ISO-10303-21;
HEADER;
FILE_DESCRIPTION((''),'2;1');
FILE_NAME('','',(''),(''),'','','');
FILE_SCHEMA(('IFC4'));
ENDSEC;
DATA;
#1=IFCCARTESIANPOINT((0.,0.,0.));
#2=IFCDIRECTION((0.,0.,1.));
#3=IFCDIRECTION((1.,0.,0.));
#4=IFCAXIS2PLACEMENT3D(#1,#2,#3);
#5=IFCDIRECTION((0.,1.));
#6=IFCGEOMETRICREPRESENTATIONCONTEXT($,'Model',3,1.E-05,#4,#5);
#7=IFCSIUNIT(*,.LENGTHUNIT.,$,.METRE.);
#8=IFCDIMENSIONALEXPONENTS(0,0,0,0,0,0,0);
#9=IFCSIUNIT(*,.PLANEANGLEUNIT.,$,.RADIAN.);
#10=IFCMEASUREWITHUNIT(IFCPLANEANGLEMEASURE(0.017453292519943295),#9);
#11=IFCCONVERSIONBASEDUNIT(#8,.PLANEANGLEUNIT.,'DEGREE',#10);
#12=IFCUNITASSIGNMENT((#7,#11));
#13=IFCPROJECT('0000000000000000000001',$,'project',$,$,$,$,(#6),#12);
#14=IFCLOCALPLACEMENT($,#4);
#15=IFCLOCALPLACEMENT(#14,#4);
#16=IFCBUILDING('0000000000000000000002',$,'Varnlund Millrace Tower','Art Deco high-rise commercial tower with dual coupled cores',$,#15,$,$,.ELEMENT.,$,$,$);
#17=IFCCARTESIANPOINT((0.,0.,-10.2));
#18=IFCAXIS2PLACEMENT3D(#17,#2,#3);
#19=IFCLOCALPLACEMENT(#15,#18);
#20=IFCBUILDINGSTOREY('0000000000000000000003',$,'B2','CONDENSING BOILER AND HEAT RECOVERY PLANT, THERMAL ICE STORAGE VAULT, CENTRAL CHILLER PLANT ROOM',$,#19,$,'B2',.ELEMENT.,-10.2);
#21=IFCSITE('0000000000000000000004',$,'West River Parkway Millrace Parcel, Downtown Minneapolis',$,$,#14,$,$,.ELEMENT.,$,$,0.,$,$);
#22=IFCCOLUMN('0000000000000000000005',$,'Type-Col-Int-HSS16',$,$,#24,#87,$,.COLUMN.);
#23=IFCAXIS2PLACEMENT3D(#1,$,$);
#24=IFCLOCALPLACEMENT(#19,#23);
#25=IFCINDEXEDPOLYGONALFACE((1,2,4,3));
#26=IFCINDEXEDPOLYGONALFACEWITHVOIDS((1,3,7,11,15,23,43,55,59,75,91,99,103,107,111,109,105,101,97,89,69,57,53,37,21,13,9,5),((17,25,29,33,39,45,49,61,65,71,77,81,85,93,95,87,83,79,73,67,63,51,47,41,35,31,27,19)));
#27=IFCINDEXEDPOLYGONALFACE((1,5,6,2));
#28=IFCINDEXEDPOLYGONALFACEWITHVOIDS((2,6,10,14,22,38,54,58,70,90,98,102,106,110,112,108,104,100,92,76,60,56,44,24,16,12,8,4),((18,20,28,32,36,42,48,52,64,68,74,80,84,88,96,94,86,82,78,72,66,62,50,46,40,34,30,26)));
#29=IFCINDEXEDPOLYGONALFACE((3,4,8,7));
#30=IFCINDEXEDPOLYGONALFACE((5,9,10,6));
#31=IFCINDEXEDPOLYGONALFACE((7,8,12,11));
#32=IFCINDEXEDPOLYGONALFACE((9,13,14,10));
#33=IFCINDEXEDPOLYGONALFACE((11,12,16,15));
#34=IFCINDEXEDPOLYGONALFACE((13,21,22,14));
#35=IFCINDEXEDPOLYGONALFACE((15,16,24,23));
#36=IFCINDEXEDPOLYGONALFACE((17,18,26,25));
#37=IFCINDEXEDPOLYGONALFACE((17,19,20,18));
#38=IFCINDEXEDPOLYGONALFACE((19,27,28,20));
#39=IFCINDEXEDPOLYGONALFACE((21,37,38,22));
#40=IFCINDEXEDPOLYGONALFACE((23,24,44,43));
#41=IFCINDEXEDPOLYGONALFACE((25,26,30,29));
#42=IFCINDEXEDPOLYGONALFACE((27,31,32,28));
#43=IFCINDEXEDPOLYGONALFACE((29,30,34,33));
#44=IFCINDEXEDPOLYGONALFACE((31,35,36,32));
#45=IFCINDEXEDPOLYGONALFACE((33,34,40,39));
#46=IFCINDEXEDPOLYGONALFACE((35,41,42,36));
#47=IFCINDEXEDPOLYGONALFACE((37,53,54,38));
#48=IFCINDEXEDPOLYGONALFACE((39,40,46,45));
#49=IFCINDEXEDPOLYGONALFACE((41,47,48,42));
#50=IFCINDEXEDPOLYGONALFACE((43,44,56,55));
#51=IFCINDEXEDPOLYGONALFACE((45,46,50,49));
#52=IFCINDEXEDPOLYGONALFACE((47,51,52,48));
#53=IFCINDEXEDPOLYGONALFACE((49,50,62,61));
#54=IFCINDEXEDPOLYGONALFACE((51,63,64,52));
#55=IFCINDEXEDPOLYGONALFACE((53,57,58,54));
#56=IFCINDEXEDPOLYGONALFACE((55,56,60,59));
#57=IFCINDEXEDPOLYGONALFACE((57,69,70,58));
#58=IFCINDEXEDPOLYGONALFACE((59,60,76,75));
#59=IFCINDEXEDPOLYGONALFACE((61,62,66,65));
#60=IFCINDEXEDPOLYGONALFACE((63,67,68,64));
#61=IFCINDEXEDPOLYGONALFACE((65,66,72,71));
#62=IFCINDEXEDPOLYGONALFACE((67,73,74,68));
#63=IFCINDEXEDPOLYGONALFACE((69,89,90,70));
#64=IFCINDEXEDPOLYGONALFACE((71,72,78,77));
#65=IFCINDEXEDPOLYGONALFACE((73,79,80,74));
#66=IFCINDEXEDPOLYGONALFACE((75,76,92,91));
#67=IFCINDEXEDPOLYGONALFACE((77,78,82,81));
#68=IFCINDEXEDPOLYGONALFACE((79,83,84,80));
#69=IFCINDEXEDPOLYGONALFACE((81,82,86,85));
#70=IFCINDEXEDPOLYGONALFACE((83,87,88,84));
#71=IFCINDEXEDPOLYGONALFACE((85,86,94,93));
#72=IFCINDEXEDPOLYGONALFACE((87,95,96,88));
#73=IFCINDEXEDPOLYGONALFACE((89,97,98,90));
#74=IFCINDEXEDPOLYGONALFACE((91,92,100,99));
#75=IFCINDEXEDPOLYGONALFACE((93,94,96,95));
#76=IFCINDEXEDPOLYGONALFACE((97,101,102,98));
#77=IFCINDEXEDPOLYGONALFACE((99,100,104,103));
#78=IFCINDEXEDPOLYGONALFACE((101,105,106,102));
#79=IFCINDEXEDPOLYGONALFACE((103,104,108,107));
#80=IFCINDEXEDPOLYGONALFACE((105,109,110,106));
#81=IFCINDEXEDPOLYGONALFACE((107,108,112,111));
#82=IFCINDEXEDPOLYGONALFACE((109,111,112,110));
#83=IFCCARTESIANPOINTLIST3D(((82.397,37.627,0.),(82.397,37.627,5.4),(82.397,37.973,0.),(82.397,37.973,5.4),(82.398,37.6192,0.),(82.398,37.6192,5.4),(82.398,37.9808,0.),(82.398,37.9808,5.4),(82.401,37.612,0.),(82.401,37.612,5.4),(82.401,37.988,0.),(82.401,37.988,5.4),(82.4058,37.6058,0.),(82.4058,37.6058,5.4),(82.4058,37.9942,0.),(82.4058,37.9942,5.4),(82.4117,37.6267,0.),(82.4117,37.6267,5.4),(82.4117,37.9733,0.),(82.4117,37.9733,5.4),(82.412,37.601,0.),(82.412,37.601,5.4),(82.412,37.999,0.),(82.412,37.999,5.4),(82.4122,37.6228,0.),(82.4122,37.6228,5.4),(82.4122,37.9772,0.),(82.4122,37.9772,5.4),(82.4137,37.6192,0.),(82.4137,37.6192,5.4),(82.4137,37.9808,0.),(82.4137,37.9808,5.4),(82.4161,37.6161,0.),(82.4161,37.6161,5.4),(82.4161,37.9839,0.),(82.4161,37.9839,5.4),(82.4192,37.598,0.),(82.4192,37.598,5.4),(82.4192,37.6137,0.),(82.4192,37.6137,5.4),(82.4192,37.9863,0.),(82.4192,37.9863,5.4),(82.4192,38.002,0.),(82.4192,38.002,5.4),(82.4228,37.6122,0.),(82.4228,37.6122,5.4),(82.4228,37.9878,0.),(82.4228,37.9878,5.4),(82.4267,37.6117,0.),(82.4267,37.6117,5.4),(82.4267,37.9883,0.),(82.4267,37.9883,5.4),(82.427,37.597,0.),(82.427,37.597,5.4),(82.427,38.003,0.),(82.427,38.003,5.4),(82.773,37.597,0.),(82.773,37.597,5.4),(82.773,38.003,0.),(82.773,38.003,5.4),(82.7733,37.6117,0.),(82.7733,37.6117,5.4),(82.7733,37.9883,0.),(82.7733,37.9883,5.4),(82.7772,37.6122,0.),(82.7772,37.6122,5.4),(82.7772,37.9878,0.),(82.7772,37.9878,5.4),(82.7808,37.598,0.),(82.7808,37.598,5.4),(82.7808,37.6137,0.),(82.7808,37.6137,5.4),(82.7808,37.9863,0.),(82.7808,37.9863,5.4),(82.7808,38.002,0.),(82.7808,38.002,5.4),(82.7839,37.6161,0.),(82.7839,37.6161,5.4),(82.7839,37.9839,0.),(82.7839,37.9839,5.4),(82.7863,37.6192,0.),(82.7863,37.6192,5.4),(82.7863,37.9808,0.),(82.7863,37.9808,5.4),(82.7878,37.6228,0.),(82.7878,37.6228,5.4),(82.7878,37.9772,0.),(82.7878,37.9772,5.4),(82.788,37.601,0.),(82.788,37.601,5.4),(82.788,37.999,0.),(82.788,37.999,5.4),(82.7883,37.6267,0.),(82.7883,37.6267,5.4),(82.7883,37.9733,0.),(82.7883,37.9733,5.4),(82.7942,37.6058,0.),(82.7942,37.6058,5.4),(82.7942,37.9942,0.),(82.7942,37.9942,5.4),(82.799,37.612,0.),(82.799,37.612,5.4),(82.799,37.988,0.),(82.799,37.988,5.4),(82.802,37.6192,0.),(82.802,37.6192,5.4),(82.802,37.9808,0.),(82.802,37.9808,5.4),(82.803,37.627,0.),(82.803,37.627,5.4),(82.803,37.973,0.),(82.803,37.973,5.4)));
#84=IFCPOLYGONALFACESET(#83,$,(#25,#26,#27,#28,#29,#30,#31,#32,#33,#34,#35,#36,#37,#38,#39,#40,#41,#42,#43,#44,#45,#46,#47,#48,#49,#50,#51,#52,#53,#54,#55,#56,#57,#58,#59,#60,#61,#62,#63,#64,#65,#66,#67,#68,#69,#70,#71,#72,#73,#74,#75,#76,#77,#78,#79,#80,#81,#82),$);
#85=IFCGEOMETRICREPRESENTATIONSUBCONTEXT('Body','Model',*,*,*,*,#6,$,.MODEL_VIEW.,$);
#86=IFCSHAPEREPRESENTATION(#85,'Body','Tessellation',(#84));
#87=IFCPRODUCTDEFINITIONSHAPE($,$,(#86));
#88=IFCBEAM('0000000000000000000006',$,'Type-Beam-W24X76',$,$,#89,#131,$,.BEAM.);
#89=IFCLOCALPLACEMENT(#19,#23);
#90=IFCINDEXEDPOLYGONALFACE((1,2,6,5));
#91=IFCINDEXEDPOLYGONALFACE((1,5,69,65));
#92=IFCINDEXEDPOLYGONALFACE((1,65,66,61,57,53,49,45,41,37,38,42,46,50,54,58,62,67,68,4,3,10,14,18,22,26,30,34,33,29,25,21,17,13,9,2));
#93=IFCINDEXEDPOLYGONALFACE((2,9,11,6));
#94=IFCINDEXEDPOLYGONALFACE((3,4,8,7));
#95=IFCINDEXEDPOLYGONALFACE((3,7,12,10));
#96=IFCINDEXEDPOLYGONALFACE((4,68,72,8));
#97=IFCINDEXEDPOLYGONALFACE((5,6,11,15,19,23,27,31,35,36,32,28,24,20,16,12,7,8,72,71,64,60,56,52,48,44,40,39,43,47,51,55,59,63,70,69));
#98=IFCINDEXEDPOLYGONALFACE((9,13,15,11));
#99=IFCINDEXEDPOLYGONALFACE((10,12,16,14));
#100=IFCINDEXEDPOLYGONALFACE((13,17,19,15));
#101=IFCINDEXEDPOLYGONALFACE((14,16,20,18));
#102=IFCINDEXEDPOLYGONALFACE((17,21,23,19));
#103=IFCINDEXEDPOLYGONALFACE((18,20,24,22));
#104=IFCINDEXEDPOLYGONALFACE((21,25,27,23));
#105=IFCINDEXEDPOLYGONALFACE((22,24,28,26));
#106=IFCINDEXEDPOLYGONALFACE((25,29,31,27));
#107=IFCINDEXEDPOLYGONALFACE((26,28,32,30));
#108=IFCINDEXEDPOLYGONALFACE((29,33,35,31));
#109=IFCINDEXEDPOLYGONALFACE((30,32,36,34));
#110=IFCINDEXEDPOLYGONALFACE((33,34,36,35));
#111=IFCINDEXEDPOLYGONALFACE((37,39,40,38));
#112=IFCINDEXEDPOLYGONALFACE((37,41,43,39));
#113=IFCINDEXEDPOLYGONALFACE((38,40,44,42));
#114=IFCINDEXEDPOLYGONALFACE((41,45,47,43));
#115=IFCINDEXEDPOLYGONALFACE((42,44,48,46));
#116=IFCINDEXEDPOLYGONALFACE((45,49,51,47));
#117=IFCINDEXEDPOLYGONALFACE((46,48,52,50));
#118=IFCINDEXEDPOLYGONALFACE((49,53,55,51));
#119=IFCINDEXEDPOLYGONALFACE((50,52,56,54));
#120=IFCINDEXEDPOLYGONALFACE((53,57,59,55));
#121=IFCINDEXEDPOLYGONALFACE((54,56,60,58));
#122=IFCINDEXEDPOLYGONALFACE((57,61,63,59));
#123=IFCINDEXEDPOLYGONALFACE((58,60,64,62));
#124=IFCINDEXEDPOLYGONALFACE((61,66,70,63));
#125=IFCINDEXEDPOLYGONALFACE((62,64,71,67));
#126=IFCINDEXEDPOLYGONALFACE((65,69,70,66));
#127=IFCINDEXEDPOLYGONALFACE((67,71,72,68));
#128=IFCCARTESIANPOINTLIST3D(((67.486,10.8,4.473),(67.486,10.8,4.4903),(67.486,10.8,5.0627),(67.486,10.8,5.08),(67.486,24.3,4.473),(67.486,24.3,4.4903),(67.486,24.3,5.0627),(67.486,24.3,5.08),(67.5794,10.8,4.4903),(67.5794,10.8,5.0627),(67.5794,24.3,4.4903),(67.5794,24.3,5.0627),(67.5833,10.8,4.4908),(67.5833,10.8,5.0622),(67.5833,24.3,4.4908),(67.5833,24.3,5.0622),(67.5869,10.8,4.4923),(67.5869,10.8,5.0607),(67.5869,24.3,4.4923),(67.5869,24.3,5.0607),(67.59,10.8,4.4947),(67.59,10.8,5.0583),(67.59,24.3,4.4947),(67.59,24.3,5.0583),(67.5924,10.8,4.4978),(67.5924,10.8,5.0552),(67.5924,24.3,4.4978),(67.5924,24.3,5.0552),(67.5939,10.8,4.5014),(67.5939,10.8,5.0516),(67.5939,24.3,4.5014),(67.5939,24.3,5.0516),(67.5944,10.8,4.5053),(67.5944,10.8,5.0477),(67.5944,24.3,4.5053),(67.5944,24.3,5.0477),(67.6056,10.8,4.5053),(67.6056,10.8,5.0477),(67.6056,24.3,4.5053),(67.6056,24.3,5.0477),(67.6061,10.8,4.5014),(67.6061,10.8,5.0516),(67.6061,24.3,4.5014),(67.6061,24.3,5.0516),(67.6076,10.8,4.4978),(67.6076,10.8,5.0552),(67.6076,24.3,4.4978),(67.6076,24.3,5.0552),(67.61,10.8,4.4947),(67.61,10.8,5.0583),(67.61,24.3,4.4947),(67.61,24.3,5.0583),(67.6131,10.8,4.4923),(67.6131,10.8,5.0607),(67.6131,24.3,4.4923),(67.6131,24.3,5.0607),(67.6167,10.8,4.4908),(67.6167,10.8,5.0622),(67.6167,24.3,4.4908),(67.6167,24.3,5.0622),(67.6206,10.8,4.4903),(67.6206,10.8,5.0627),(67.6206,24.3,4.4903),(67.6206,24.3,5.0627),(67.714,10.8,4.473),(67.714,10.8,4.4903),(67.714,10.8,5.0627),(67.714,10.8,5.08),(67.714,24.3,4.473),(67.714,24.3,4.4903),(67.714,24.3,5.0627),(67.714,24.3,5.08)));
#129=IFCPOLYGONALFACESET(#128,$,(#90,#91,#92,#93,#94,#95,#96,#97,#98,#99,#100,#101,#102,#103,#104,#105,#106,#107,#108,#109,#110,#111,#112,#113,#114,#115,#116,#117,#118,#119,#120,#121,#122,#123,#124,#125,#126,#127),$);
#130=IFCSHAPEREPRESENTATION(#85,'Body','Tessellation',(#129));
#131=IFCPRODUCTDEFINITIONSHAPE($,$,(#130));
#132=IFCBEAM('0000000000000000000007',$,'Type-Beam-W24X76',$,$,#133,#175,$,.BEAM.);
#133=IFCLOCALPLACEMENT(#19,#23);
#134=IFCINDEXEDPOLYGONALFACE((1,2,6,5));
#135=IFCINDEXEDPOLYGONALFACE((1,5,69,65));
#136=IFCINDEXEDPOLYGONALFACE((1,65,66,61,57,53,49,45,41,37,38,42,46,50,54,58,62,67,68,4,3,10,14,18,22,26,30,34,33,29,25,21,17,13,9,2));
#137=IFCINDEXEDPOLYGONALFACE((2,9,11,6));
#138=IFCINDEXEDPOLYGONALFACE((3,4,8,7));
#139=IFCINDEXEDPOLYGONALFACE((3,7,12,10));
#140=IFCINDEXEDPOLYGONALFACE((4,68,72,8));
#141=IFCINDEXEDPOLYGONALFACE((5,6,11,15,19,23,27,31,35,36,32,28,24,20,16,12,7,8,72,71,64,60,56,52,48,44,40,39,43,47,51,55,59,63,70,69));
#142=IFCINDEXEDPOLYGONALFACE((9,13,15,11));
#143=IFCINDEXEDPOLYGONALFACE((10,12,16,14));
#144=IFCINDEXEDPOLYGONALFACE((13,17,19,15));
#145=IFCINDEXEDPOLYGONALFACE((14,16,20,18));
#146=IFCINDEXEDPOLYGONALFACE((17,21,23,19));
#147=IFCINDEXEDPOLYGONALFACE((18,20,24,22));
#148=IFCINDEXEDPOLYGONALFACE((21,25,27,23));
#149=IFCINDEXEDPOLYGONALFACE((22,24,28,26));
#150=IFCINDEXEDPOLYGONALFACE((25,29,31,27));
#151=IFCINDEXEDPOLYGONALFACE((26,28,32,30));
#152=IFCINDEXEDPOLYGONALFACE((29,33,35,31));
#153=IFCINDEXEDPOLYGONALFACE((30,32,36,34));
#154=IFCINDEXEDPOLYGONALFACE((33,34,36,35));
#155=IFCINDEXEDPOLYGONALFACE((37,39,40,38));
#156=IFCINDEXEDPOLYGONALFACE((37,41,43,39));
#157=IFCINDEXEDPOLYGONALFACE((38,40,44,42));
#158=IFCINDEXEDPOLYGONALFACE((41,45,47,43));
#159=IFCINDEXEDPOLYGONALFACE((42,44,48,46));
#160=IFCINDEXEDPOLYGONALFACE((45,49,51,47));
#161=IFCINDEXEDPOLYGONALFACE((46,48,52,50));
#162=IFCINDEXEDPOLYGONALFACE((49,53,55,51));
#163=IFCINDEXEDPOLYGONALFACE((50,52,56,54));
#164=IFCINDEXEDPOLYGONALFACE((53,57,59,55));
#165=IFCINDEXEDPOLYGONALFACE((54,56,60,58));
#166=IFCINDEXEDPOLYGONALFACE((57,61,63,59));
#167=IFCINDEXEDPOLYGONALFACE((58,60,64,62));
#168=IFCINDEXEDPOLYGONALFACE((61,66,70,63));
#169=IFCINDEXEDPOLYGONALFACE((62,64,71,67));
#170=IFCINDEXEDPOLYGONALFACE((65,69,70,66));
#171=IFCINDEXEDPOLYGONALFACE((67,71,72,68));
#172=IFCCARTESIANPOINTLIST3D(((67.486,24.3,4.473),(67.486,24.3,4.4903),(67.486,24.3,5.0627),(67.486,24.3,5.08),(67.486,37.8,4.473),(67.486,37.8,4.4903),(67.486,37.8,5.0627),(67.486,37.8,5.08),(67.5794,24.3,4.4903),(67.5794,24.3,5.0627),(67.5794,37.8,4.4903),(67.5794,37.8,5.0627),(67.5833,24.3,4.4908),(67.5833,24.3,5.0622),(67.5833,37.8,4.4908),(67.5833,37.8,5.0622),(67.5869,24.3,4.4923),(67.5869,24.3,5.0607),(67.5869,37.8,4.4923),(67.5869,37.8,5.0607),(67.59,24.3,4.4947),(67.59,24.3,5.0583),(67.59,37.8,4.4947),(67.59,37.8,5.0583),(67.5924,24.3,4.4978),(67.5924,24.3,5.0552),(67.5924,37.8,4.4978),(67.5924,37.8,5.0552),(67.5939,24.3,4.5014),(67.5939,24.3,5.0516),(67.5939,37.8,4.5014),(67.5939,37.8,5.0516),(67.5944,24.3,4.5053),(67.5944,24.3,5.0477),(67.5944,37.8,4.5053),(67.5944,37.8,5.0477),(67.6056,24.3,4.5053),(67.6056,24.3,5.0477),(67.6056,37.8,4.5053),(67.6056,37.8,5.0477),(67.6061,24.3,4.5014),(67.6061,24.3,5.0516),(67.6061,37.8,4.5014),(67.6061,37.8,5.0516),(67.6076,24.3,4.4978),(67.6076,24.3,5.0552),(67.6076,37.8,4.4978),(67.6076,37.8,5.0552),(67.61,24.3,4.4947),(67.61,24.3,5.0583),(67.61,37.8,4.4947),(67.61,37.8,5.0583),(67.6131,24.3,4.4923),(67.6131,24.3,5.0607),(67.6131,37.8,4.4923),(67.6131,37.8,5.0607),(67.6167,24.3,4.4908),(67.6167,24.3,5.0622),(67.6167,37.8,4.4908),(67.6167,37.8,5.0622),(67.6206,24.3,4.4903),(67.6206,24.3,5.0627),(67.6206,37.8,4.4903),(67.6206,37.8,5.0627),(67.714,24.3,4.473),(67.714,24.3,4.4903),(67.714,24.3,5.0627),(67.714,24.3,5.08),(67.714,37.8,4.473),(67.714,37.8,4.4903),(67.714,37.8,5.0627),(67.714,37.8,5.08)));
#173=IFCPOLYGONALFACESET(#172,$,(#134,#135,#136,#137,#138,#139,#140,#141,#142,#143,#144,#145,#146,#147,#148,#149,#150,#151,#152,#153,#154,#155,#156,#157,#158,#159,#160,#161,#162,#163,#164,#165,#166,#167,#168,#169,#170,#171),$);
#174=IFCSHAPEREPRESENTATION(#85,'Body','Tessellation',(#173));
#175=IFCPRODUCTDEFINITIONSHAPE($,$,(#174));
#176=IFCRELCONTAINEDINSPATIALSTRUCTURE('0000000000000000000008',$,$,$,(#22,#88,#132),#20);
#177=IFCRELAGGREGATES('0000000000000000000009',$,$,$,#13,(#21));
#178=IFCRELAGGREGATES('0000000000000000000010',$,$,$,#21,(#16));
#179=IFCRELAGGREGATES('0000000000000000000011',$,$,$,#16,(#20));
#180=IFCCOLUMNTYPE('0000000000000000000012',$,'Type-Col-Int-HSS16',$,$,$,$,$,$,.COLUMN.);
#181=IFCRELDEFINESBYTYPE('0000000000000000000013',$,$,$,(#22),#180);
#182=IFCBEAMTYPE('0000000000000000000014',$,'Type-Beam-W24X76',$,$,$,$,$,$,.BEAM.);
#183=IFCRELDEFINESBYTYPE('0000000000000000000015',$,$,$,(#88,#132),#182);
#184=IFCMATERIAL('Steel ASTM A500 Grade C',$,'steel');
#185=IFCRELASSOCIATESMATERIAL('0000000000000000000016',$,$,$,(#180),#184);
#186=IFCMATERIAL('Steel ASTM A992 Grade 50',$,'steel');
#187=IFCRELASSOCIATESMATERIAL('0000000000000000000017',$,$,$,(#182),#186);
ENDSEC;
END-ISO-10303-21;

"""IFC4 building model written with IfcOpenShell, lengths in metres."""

from ifc_helpers import new_model, entity, si_unit, converted_unit, direction, frame, origin_with_axes, origin_2d_with_axis, place, context, subcontext, project, spatial, hollow_rectangle, i_section, extrude, material, material_profile, profile_set, type_object, element, save


model = new_model("IFC4")

# Units and contexts
model_context = context("Model", 3, precision=1e-05, world=origin_with_axes(), true_north=direction((0.0, 1.0)))
body_context = subcontext(model_context, "Body", "Model", "MODEL_VIEW")
ifc_project = project(units=[si_unit("LENGTHUNIT", "METRE"), converted_unit("PLANEANGLEUNIT", "DEGREE", entity("IfcPlaneAngleMeasure", 0.017453292519943295), si_unit("PLANEANGLEUNIT", "RADIAN"), dimensions=[0, 0, 0, 0, 0, 0, 0])], contexts=[model_context])

# Site, building, storey
site_placement = place(None, origin_with_axes())
site = spatial("IfcSite", under=ifc_project, at=site_placement, Name="West River Parkway Millrace Parcel, Downtown Minneapolis", CompositionType="ELEMENT", RefElevation=0.0)
building_placement = place(site_placement, origin_with_axes())
building = spatial("IfcBuilding", under=site, at=building_placement, Name="Varnlund Millrace Tower", Description="Art Deco high-rise commercial tower with dual coupled cores", CompositionType="ELEMENT")
storey_placement = place(building_placement, frame((0.0, 0.0, -10.2), z_axis=(0.0, 0.0, 1.0), x_axis=(1.0, 0.0, 0.0)))
storey = spatial("IfcBuildingStorey", under=building, at=storey_placement, Name="B2", Description="CONDENSING BOILER AND HEAT RECOVERY PLANT, THERMAL ICE STORAGE VAULT, CENTRAL CHILLER PLANT ROOM", LongName="B2", CompositionType="ELEMENT", Elevation=-10.2)

# Column
ifc_material_1 = material(Name="Steel ASTM A500 Grade C", Category="steel")
ifc_material_profile_1 = material_profile(ifc_material_1, hollow_rectangle(XDim=0.406, YDim=0.406, WallThickness=0.0147, InnerFilletRadius=0.015, OuterFilletRadius=0.03, at=origin_2d_with_axis()), Name="Steel ASTM A500 Grade C")
ifc_profile_set_1 = profile_set([ifc_material_profile_1], Name="Steel ASTM A500 Grade C")
column_type = type_object("IfcColumnType", Name="Type-Col-Int-HSS16", PredefinedType="COLUMN", material=ifc_profile_set_1)
for number, where, z_axis, x_axis, name in (
    (1, (82.6, 37.8, 0.0), (0.0, 0.0, 1.0), (1.0, 0.0, 0.0), "Type-Col-Int-HSS16"),
):
    element("IfcColumn", number, at=place(storey_placement, frame(where, z_axis=z_axis, x_axis=x_axis)), inside=storey, type_object=column_type, Name=name, PredefinedType="COLUMN", context=body_context, shape_type="SweptSolid", body=[
        extrude(hollow_rectangle(XDim=0.406, YDim=0.406, WallThickness=0.0147, InnerFilletRadius=0.015, OuterFilletRadius=0.03, at=origin_2d_with_axis()), origin_with_axes(), (0.0, 0.0, 1.0), 5.4),
    ])

# Beams
ifc_material_2 = material(Name="Steel ASTM A992 Grade 50", Category="steel")
ifc_material_profile_2 = material_profile(ifc_material_2, i_section(OverallWidth=0.228, OverallDepth=0.607, WebThickness=0.0112, FlangeThickness=0.0173, FilletRadius=0.015, at=origin_2d_with_axis()), Name="Steel ASTM A992 Grade 50")
ifc_profile_set_2 = profile_set([ifc_material_profile_2], Name="Steel ASTM A992 Grade 50")
beam_type_1 = type_object("IfcBeamType", Name="Type-Beam-W24X76", PredefinedType="BEAM", material=ifc_profile_set_2)
for number, where, z_axis, x_axis, name in (
    (2, (67.6, 10.8, 4.7765), (0.0, 1.0, 0.0), (-1.0, 0.0, 0.0), "Type-Beam-W24X76"),
    (3, (67.6, 24.3, 4.7765), (0.0, 1.0, 0.0), (-1.0, 0.0, 0.0), "Type-Beam-W24X76"),
):
    element("IfcBeam", number, at=place(storey_placement, frame(where, z_axis=z_axis, x_axis=x_axis)), inside=storey, type_object=beam_type_1, Name=name, PredefinedType="BEAM", context=body_context, shape_type="SweptSolid", body=[
        extrude(i_section(OverallWidth=0.228, OverallDepth=0.607, WebThickness=0.0112, FlangeThickness=0.0173, FilletRadius=0.015, at=origin_2d_with_axis()), origin_with_axes(), (0.0, 0.0, 1.0), 13.5),
    ])

save(model, "model.ifc")
